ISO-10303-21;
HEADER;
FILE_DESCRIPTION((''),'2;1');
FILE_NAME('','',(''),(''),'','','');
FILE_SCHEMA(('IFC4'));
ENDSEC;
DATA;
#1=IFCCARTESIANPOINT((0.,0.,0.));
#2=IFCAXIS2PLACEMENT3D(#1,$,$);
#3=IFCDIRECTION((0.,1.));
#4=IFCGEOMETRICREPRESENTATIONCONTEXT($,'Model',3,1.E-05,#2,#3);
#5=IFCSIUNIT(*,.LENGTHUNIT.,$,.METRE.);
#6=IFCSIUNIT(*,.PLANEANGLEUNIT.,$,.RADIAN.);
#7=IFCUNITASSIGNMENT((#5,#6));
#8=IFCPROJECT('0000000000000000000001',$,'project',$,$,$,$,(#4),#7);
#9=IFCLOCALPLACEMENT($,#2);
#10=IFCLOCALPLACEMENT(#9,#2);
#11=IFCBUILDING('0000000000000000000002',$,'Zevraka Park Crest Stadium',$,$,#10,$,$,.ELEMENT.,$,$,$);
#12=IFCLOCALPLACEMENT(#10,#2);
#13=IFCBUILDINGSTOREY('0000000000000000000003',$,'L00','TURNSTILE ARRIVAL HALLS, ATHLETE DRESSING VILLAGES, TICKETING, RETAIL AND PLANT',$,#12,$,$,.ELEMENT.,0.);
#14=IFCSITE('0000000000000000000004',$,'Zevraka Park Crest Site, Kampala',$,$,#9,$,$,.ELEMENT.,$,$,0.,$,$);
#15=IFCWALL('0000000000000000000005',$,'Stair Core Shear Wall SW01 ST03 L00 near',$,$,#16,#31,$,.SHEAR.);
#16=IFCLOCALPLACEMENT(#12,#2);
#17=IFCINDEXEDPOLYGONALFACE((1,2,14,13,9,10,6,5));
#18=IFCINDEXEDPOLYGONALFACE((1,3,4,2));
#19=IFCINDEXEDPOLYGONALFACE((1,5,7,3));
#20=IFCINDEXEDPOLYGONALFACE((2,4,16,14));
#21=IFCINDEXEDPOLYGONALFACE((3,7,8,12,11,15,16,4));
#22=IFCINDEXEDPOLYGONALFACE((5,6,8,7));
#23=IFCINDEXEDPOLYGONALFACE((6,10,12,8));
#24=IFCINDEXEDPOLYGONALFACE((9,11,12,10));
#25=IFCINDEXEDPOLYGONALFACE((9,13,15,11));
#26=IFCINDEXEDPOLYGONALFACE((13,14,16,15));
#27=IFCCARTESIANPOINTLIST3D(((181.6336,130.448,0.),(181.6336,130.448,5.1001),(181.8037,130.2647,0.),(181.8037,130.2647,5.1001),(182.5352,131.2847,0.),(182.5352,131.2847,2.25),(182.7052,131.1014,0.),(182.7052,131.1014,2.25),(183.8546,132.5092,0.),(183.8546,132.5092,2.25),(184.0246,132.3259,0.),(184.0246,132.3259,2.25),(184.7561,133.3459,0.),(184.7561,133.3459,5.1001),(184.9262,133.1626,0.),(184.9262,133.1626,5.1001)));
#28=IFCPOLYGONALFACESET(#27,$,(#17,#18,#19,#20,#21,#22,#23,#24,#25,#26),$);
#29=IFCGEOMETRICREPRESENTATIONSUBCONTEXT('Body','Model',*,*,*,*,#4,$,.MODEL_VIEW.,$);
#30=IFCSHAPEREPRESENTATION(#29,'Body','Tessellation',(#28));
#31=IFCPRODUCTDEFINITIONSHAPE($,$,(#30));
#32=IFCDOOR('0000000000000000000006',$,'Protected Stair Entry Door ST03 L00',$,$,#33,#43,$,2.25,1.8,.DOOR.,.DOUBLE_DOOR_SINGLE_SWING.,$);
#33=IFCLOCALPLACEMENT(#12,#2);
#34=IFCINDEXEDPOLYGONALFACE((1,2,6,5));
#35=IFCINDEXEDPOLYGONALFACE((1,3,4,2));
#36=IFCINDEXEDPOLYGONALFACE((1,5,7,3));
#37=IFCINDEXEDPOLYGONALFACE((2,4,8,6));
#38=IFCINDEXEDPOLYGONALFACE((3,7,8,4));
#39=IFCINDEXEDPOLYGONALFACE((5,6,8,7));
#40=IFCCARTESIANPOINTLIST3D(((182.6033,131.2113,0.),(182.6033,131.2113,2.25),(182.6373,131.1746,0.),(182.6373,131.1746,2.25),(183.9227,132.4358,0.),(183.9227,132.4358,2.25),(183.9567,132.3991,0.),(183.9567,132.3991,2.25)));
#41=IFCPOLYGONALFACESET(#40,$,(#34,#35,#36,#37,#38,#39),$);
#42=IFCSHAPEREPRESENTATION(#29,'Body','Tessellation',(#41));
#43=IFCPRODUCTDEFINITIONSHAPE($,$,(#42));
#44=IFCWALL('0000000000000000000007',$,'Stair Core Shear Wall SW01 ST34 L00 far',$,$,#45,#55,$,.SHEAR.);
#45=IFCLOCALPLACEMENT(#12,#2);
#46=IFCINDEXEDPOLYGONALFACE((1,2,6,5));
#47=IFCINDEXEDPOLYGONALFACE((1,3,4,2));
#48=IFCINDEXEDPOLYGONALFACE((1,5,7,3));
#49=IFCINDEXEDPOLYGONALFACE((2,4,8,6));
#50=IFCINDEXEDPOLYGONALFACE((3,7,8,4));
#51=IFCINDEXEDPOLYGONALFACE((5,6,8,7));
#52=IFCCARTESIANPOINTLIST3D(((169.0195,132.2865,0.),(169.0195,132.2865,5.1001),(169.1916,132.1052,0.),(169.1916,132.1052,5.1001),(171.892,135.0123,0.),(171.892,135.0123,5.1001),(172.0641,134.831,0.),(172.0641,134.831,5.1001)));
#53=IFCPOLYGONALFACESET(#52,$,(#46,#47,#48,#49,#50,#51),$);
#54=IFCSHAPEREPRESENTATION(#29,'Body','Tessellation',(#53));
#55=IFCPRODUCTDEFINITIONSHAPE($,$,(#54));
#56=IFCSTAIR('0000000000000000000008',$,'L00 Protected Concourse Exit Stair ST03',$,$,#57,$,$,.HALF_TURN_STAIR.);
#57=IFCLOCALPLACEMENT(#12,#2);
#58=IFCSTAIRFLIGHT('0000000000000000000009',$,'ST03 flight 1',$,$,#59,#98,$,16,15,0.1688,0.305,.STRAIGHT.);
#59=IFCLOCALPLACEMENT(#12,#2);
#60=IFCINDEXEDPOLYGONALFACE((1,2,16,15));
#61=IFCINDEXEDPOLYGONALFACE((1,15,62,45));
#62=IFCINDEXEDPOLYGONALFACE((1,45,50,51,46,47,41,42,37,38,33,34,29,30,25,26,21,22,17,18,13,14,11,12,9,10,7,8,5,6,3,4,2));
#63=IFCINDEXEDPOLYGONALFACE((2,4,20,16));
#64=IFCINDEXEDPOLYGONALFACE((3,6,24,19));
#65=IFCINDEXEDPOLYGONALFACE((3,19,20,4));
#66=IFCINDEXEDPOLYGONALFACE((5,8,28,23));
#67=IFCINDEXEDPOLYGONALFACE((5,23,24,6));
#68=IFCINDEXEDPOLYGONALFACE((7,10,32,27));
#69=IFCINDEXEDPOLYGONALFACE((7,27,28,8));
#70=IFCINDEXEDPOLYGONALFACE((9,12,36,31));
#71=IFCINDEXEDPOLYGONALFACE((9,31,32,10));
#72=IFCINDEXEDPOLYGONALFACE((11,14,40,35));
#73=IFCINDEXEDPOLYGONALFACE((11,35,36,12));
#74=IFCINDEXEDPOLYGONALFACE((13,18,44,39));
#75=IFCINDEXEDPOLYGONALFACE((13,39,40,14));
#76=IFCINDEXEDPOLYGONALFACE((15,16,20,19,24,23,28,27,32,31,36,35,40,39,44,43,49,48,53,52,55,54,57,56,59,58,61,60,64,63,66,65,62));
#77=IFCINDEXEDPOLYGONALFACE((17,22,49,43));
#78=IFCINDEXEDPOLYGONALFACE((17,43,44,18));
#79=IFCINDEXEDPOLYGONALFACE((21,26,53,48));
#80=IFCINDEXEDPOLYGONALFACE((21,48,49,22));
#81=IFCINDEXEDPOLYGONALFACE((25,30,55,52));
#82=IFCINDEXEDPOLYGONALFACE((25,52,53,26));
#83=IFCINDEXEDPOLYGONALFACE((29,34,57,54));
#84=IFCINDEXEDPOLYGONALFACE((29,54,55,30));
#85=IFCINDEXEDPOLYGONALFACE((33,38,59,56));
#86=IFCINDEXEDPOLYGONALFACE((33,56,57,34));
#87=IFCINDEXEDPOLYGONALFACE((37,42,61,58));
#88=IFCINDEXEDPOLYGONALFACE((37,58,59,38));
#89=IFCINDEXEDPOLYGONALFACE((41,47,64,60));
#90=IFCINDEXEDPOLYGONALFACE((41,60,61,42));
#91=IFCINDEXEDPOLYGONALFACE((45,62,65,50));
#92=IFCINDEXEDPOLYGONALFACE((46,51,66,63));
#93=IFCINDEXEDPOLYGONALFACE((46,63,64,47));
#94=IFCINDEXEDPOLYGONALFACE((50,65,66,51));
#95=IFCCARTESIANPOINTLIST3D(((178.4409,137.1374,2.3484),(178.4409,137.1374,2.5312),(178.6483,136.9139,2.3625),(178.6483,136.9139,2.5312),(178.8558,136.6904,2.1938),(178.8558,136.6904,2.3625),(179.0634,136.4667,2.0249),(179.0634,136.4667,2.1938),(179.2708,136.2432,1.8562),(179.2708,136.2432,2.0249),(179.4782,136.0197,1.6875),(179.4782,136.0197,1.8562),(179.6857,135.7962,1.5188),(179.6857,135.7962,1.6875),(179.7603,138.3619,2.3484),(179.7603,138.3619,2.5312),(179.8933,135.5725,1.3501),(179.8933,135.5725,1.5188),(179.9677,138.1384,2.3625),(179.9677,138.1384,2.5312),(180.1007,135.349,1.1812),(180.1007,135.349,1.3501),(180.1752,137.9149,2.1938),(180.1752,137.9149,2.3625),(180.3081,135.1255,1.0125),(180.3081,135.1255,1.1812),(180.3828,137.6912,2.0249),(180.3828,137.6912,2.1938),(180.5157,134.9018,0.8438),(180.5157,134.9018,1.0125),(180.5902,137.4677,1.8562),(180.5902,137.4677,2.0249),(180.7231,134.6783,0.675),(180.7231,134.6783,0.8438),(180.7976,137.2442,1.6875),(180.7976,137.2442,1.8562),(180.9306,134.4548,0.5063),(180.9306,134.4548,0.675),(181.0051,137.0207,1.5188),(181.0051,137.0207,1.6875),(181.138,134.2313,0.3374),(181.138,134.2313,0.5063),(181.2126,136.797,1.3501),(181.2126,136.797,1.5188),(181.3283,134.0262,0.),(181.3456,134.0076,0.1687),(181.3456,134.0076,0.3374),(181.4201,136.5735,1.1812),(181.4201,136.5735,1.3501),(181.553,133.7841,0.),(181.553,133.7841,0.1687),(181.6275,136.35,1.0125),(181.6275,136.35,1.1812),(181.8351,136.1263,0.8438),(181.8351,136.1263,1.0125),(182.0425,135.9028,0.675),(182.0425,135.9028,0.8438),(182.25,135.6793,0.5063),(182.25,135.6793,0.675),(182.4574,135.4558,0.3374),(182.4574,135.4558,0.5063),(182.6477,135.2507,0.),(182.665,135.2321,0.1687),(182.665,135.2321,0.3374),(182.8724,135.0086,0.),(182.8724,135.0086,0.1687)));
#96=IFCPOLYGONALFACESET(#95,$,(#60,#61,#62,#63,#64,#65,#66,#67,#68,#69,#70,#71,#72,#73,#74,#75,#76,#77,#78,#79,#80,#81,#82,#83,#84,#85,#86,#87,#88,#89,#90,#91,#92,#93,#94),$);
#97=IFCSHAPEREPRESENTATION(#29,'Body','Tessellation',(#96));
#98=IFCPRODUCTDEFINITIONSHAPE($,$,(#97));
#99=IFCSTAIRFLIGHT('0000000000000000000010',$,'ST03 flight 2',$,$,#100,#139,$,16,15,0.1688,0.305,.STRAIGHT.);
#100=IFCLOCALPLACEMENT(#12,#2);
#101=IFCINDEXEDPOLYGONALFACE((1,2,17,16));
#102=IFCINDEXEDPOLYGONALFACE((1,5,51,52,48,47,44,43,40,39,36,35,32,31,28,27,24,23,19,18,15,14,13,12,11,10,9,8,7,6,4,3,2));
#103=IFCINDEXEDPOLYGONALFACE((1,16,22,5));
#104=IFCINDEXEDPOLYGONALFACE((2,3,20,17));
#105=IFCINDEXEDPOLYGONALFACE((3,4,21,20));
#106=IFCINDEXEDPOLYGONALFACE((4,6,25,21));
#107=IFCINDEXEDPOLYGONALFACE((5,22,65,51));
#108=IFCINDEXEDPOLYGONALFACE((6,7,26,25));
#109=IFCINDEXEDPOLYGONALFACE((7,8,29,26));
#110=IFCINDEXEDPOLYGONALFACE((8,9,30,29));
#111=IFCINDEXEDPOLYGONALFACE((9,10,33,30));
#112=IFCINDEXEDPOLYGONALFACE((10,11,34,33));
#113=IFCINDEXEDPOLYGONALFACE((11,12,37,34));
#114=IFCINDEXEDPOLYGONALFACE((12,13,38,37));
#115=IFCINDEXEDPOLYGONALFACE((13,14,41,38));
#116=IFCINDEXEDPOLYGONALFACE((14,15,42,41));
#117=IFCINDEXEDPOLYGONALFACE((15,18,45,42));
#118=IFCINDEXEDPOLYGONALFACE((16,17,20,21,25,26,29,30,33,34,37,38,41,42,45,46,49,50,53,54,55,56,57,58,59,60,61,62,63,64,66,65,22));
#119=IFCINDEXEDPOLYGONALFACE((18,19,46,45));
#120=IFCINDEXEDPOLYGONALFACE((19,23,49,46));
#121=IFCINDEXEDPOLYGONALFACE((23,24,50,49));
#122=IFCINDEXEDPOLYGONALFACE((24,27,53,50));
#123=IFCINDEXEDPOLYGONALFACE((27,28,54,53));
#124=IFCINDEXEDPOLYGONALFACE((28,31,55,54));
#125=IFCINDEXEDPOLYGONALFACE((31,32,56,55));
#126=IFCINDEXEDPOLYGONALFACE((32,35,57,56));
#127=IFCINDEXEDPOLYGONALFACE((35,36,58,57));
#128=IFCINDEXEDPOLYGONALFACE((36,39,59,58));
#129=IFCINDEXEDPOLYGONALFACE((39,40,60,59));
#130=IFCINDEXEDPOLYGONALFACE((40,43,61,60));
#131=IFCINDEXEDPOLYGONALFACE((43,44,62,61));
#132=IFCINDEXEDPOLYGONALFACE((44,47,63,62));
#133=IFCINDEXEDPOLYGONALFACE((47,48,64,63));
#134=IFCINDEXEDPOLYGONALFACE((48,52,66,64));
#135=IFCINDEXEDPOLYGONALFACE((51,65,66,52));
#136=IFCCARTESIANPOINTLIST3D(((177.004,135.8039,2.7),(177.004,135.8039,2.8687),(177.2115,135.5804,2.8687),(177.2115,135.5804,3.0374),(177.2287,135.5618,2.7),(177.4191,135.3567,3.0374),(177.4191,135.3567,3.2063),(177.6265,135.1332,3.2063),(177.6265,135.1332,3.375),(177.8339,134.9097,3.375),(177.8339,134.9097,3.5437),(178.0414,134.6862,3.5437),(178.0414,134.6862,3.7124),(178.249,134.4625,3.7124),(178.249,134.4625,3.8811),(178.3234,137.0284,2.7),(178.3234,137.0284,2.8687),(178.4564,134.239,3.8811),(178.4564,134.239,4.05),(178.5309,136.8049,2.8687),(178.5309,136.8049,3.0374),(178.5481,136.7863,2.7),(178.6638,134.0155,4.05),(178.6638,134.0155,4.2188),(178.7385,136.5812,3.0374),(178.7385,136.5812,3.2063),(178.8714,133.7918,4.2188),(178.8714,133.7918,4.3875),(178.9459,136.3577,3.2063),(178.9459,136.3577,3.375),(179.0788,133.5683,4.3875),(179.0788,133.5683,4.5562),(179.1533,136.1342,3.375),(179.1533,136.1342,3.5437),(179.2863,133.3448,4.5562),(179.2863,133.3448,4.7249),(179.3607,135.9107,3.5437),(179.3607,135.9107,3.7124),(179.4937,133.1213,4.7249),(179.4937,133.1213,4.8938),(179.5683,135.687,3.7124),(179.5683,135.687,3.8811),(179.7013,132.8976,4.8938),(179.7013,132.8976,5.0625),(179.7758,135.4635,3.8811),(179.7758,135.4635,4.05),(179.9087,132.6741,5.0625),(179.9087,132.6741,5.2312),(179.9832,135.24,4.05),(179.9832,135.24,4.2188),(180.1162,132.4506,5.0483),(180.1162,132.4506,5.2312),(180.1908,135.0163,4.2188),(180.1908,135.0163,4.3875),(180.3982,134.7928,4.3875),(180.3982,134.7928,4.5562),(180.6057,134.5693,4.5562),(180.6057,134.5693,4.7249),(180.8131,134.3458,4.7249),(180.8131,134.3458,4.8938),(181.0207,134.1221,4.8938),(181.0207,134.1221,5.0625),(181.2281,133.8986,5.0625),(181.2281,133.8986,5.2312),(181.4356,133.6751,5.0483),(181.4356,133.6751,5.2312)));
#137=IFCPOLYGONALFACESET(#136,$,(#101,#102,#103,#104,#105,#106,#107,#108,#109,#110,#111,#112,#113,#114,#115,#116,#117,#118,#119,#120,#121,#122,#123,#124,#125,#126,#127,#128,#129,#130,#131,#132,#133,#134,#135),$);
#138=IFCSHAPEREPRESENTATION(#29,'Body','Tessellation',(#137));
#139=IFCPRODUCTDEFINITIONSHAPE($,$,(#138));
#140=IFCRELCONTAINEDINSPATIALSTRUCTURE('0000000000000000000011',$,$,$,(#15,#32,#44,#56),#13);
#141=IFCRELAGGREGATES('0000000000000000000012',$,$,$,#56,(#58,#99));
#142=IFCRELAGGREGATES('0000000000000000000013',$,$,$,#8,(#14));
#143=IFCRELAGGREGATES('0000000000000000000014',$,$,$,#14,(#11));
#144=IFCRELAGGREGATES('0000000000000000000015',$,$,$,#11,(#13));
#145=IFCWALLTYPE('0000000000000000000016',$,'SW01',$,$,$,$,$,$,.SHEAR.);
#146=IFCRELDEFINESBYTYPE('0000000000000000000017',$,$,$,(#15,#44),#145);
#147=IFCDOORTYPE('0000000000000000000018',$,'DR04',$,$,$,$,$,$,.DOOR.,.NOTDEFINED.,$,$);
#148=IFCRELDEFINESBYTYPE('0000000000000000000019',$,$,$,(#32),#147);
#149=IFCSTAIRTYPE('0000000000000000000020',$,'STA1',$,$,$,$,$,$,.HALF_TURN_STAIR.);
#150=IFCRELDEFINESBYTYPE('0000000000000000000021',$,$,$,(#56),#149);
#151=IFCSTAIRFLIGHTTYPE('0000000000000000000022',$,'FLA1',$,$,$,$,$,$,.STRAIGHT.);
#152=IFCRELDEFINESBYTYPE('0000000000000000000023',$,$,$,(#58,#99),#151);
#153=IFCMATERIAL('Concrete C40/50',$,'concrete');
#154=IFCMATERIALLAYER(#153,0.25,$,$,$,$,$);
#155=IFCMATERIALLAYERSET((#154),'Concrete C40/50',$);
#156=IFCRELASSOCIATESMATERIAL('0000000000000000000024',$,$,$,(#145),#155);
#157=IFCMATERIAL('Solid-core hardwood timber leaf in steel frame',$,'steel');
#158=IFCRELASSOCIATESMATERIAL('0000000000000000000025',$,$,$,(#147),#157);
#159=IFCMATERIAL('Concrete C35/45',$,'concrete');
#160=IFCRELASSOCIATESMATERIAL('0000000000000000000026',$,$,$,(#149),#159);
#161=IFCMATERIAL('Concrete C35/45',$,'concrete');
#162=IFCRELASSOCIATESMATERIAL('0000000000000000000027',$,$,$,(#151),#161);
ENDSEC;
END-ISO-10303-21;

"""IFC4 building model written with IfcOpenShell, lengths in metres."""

from ifc_helpers import new_model, si_unit, direction, frame, frame_2d, origin, place, context, subcontext, project, spatial, polyline, rectangle, outline, extrude, material, layer, layer_set, type_object, element, fill, aggregate, save


model = new_model("IFC4")

# Units and contexts
model_context = context("Model", 3, precision=1e-05, world=origin(), true_north=direction((0.0, 1.0)))
body_context = subcontext(model_context, "Body", "Model", "MODEL_VIEW")
ifc_project = project(units=[si_unit("LENGTHUNIT", "METRE"), si_unit("PLANEANGLEUNIT", "RADIAN")], contexts=[model_context])

# Site, building, storey
site_placement = place(None, origin())
site = spatial("IfcSite", under=ifc_project, at=site_placement, Name="Zevraka Park Crest Site, Kampala", CompositionType="ELEMENT", RefElevation=0.0)
building_placement = place(site_placement, origin())
building = spatial("IfcBuilding", under=site, at=building_placement, Name="Zevraka Park Crest Stadium", CompositionType="ELEMENT")
storey_placement = place(building_placement, origin())
storey = spatial("IfcBuildingStorey", under=building, at=storey_placement, Name="L00", Description="TURNSTILE ARRIVAL HALLS, ATHLETE DRESSING VILLAGES, TICKETING, RETAIL AND PLANT", CompositionType="ELEMENT", Elevation=0.0)

# Shared definitions
ifc_material_1 = material(Name="Concrete C40/50", Category="concrete")
ifc_layer_1 = layer(ifc_material_1, 0.25)
ifc_layer_set_1 = layer_set([ifc_layer_1], Name="Concrete C40/50")
wall_type_1 = type_object("IfcWallType", Name="SW01", PredefinedType="SHEAR", material=ifc_layer_set_1)

# Wall, opening, door
wall_1_placement = place(storey_placement, frame((181.7188, 130.3564, 0.0), z_axis=(0.0, 0.0, 1.0), x_axis=(0.732977, 0.680253, 0.0)))
wall_1 = element("IfcWall", 1, at=wall_1_placement, inside=storey, type_object=wall_type_1, Name="Stair Core Shear Wall SW01 ST03 L00 near", PredefinedType="SHEAR", context=body_context, shape_type="SweptSolid", body=[
    extrude(rectangle(XDim=4.26, YDim=0.25, at=frame_2d((2.1299, 0.0))), origin(), (0.0, 0.0, 1.0), 5.1001),
])
opening_placement = place(wall_1_placement, frame((1.23, 0.0, 0.0)))
opening = element("IfcOpeningElement", 2, at=opening_placement, cuts=wall_1, PredefinedType="OPENING", context=body_context, shape_type="SweptSolid", body=[
    extrude(rectangle(XDim=1.8, YDim=2.25, at=frame_2d((0.8999, 1.125))), frame((0.0, 0.135, 0.0), z_axis=(0.0, -1.0, 0.0), x_axis=(1.0, 0.0, 0.0)), (0.0, 0.0, 1.0), 0.27),
])
ifc_material_2 = material(Name="Solid-core hardwood timber leaf in steel frame", Category="steel")
door_type = type_object("IfcDoorType", Name="DR04", OperationType="NOTDEFINED", PredefinedType="DOOR", material=ifc_material_2)
door_placement = place(opening_placement, origin())
door = element("IfcDoor", 3, at=door_placement, inside=storey, type_object=door_type, Name="Protected Stair Entry Door ST03 L00", OperationType="DOUBLE_DOOR_SINGLE_SWING", OverallHeight=2.25, OverallWidth=1.8, PredefinedType="DOOR", context=body_context, shape_type="SweptSolid", body=[
    extrude(rectangle(XDim=1.8, YDim=2.25, at=frame_2d((0.8999, 1.125))), frame((0.0, 0.0249, 0.0), z_axis=(0.0, -1.0, 0.0), x_axis=(1.0, 0.0, 0.0)), (0.0, 0.0, 1.0), 0.05),
])
fill(opening, door)

# Wall
wall_2_placement = place(storey_placement, frame((171.978, 134.9216, 0.0), z_axis=(0.0, 0.0, 1.0), x_axis=(-0.72539, -0.688338, 0.0)))
element("IfcWall", 4, at=wall_2_placement, inside=storey, type_object=wall_type_1, Name="Stair Core Shear Wall SW01 ST34 L00 far", PredefinedType="SHEAR", context=body_context, shape_type="SweptSolid", body=[
    extrude(rectangle(XDim=3.96, YDim=0.25, at=frame_2d((1.98, 0.0))), origin(), (0.0, 0.0, 1.0), 5.1001),
])

# Stair, stair flights
ifc_material_3 = material(Name="Concrete C35/45", Category="concrete")
stair_type_1 = type_object("IfcStairType", Name="STA1", PredefinedType="HALF_TURN_STAIR", material=ifc_material_3)
stair_1_placement = place(storey_placement, origin())
stair_1 = element("IfcStair", 5, at=stair_1_placement, inside=storey, type_object=stair_type_1, Name="L00 Protected Concourse Exit Stair ST03", PredefinedType="HALF_TURN_STAIR")
ifc_material_4 = material(Name="Concrete C35/45", Category="concrete")
stair_flight_type_1 = type_object("IfcStairFlightType", Name="FLA1", PredefinedType="STRAIGHT", material=ifc_material_4)
stair_flight_1_placement = place(storey_placement, frame((182.2126, 134.3962, 0.0), z_axis=(0.0, 0.0, 1.0), x_axis=(-0.680255, 0.732975, 0.0)))
stair_flight_1 = element("IfcStairFlight", 6, at=stair_flight_1_placement, type_object=stair_flight_type_1, Name="ST03 flight 1", NumberOfRisers=16, NumberOfTreads=15, PredefinedType="STRAIGHT", RiserHeight=0.1688, TreadLength=0.305, context=body_context, shape_type="SweptSolid", body=[
    extrude(outline(polyline([(0.0, 0.0), (0.0, 0.1687), (0.3049, 0.1687), (0.3049, 0.3374), (0.6101, 0.3374), (0.6101, 0.5063), (0.915, 0.5063), (0.915, 0.675), (1.22, 0.675), (1.22, 0.8438), (1.5249, 0.8438), (1.5249, 1.0125), (1.8301, 1.0125), (1.8301, 1.1812), (2.135, 1.1812), (2.135, 1.3501), (2.4399, 1.3501), (2.4399, 1.5188), (2.7451, 1.5188), (2.7451, 1.6875), (3.05, 1.6875), (3.05, 1.8562), (3.355, 1.8562), (3.355, 2.0249), (3.6599, 2.0249), (3.6599, 2.1938), (3.9651, 2.1938), (3.9651, 2.3625), (4.27, 2.3625), (4.27, 2.5312), (4.575, 2.5312), (4.575, 2.7), (4.575, 2.3484), (0.3303, 0.0), (0.0, 0.0)])), frame((0.0, 0.8999, 0.0), z_axis=(0.0, -1.0, 0.0), x_axis=(1.0, 0.0, 0.0)), (0.0, 0.0, 1.0), 1.8),
])
stair_flight_2_placement = place(storey_placement, frame((177.6638, 136.4163, 2.7), z_axis=(0.0, 0.0, 1.0), x_axis=(0.680255, -0.732975, 0.0)))
stair_flight_2 = element("IfcStairFlight", 7, at=stair_flight_2_placement, type_object=stair_flight_type_1, Name="ST03 flight 2", NumberOfRisers=16, NumberOfTreads=15, PredefinedType="STRAIGHT", RiserHeight=0.1688, TreadLength=0.305, context=body_context, shape_type="SweptSolid", body=[
    extrude(outline(polyline([(0.0, 0.0), (0.0, 0.1687), (0.3049, 0.1687), (0.3049, 0.3374), (0.6101, 0.3374), (0.6101, 0.5063), (0.915, 0.5063), (0.915, 0.675), (1.22, 0.675), (1.22, 0.8438), (1.5249, 0.8438), (1.5249, 1.0125), (1.8301, 1.0125), (1.8301, 1.1812), (2.135, 1.1812), (2.135, 1.3501), (2.4399, 1.3501), (2.4399, 1.5188), (2.7451, 1.5188), (2.7451, 1.6875), (3.05, 1.6875), (3.05, 1.8562), (3.355, 1.8562), (3.355, 2.0249), (3.6599, 2.0249), (3.6599, 2.1938), (3.9651, 2.1938), (3.9651, 2.3625), (4.27, 2.3625), (4.27, 2.5312), (4.575, 2.5312), (4.575, 2.7), (4.575, 2.3484), (0.3303, 0.0), (0.0, 0.0)])), frame((0.0, 0.8999, 0.0), z_axis=(0.0, -1.0, 0.0), x_axis=(1.0, 0.0, 0.0)), (0.0, 0.0, 1.0), 1.8),
])
aggregate(stair_1, [stair_flight_1, stair_flight_2])

save(model, "model.ifc")
